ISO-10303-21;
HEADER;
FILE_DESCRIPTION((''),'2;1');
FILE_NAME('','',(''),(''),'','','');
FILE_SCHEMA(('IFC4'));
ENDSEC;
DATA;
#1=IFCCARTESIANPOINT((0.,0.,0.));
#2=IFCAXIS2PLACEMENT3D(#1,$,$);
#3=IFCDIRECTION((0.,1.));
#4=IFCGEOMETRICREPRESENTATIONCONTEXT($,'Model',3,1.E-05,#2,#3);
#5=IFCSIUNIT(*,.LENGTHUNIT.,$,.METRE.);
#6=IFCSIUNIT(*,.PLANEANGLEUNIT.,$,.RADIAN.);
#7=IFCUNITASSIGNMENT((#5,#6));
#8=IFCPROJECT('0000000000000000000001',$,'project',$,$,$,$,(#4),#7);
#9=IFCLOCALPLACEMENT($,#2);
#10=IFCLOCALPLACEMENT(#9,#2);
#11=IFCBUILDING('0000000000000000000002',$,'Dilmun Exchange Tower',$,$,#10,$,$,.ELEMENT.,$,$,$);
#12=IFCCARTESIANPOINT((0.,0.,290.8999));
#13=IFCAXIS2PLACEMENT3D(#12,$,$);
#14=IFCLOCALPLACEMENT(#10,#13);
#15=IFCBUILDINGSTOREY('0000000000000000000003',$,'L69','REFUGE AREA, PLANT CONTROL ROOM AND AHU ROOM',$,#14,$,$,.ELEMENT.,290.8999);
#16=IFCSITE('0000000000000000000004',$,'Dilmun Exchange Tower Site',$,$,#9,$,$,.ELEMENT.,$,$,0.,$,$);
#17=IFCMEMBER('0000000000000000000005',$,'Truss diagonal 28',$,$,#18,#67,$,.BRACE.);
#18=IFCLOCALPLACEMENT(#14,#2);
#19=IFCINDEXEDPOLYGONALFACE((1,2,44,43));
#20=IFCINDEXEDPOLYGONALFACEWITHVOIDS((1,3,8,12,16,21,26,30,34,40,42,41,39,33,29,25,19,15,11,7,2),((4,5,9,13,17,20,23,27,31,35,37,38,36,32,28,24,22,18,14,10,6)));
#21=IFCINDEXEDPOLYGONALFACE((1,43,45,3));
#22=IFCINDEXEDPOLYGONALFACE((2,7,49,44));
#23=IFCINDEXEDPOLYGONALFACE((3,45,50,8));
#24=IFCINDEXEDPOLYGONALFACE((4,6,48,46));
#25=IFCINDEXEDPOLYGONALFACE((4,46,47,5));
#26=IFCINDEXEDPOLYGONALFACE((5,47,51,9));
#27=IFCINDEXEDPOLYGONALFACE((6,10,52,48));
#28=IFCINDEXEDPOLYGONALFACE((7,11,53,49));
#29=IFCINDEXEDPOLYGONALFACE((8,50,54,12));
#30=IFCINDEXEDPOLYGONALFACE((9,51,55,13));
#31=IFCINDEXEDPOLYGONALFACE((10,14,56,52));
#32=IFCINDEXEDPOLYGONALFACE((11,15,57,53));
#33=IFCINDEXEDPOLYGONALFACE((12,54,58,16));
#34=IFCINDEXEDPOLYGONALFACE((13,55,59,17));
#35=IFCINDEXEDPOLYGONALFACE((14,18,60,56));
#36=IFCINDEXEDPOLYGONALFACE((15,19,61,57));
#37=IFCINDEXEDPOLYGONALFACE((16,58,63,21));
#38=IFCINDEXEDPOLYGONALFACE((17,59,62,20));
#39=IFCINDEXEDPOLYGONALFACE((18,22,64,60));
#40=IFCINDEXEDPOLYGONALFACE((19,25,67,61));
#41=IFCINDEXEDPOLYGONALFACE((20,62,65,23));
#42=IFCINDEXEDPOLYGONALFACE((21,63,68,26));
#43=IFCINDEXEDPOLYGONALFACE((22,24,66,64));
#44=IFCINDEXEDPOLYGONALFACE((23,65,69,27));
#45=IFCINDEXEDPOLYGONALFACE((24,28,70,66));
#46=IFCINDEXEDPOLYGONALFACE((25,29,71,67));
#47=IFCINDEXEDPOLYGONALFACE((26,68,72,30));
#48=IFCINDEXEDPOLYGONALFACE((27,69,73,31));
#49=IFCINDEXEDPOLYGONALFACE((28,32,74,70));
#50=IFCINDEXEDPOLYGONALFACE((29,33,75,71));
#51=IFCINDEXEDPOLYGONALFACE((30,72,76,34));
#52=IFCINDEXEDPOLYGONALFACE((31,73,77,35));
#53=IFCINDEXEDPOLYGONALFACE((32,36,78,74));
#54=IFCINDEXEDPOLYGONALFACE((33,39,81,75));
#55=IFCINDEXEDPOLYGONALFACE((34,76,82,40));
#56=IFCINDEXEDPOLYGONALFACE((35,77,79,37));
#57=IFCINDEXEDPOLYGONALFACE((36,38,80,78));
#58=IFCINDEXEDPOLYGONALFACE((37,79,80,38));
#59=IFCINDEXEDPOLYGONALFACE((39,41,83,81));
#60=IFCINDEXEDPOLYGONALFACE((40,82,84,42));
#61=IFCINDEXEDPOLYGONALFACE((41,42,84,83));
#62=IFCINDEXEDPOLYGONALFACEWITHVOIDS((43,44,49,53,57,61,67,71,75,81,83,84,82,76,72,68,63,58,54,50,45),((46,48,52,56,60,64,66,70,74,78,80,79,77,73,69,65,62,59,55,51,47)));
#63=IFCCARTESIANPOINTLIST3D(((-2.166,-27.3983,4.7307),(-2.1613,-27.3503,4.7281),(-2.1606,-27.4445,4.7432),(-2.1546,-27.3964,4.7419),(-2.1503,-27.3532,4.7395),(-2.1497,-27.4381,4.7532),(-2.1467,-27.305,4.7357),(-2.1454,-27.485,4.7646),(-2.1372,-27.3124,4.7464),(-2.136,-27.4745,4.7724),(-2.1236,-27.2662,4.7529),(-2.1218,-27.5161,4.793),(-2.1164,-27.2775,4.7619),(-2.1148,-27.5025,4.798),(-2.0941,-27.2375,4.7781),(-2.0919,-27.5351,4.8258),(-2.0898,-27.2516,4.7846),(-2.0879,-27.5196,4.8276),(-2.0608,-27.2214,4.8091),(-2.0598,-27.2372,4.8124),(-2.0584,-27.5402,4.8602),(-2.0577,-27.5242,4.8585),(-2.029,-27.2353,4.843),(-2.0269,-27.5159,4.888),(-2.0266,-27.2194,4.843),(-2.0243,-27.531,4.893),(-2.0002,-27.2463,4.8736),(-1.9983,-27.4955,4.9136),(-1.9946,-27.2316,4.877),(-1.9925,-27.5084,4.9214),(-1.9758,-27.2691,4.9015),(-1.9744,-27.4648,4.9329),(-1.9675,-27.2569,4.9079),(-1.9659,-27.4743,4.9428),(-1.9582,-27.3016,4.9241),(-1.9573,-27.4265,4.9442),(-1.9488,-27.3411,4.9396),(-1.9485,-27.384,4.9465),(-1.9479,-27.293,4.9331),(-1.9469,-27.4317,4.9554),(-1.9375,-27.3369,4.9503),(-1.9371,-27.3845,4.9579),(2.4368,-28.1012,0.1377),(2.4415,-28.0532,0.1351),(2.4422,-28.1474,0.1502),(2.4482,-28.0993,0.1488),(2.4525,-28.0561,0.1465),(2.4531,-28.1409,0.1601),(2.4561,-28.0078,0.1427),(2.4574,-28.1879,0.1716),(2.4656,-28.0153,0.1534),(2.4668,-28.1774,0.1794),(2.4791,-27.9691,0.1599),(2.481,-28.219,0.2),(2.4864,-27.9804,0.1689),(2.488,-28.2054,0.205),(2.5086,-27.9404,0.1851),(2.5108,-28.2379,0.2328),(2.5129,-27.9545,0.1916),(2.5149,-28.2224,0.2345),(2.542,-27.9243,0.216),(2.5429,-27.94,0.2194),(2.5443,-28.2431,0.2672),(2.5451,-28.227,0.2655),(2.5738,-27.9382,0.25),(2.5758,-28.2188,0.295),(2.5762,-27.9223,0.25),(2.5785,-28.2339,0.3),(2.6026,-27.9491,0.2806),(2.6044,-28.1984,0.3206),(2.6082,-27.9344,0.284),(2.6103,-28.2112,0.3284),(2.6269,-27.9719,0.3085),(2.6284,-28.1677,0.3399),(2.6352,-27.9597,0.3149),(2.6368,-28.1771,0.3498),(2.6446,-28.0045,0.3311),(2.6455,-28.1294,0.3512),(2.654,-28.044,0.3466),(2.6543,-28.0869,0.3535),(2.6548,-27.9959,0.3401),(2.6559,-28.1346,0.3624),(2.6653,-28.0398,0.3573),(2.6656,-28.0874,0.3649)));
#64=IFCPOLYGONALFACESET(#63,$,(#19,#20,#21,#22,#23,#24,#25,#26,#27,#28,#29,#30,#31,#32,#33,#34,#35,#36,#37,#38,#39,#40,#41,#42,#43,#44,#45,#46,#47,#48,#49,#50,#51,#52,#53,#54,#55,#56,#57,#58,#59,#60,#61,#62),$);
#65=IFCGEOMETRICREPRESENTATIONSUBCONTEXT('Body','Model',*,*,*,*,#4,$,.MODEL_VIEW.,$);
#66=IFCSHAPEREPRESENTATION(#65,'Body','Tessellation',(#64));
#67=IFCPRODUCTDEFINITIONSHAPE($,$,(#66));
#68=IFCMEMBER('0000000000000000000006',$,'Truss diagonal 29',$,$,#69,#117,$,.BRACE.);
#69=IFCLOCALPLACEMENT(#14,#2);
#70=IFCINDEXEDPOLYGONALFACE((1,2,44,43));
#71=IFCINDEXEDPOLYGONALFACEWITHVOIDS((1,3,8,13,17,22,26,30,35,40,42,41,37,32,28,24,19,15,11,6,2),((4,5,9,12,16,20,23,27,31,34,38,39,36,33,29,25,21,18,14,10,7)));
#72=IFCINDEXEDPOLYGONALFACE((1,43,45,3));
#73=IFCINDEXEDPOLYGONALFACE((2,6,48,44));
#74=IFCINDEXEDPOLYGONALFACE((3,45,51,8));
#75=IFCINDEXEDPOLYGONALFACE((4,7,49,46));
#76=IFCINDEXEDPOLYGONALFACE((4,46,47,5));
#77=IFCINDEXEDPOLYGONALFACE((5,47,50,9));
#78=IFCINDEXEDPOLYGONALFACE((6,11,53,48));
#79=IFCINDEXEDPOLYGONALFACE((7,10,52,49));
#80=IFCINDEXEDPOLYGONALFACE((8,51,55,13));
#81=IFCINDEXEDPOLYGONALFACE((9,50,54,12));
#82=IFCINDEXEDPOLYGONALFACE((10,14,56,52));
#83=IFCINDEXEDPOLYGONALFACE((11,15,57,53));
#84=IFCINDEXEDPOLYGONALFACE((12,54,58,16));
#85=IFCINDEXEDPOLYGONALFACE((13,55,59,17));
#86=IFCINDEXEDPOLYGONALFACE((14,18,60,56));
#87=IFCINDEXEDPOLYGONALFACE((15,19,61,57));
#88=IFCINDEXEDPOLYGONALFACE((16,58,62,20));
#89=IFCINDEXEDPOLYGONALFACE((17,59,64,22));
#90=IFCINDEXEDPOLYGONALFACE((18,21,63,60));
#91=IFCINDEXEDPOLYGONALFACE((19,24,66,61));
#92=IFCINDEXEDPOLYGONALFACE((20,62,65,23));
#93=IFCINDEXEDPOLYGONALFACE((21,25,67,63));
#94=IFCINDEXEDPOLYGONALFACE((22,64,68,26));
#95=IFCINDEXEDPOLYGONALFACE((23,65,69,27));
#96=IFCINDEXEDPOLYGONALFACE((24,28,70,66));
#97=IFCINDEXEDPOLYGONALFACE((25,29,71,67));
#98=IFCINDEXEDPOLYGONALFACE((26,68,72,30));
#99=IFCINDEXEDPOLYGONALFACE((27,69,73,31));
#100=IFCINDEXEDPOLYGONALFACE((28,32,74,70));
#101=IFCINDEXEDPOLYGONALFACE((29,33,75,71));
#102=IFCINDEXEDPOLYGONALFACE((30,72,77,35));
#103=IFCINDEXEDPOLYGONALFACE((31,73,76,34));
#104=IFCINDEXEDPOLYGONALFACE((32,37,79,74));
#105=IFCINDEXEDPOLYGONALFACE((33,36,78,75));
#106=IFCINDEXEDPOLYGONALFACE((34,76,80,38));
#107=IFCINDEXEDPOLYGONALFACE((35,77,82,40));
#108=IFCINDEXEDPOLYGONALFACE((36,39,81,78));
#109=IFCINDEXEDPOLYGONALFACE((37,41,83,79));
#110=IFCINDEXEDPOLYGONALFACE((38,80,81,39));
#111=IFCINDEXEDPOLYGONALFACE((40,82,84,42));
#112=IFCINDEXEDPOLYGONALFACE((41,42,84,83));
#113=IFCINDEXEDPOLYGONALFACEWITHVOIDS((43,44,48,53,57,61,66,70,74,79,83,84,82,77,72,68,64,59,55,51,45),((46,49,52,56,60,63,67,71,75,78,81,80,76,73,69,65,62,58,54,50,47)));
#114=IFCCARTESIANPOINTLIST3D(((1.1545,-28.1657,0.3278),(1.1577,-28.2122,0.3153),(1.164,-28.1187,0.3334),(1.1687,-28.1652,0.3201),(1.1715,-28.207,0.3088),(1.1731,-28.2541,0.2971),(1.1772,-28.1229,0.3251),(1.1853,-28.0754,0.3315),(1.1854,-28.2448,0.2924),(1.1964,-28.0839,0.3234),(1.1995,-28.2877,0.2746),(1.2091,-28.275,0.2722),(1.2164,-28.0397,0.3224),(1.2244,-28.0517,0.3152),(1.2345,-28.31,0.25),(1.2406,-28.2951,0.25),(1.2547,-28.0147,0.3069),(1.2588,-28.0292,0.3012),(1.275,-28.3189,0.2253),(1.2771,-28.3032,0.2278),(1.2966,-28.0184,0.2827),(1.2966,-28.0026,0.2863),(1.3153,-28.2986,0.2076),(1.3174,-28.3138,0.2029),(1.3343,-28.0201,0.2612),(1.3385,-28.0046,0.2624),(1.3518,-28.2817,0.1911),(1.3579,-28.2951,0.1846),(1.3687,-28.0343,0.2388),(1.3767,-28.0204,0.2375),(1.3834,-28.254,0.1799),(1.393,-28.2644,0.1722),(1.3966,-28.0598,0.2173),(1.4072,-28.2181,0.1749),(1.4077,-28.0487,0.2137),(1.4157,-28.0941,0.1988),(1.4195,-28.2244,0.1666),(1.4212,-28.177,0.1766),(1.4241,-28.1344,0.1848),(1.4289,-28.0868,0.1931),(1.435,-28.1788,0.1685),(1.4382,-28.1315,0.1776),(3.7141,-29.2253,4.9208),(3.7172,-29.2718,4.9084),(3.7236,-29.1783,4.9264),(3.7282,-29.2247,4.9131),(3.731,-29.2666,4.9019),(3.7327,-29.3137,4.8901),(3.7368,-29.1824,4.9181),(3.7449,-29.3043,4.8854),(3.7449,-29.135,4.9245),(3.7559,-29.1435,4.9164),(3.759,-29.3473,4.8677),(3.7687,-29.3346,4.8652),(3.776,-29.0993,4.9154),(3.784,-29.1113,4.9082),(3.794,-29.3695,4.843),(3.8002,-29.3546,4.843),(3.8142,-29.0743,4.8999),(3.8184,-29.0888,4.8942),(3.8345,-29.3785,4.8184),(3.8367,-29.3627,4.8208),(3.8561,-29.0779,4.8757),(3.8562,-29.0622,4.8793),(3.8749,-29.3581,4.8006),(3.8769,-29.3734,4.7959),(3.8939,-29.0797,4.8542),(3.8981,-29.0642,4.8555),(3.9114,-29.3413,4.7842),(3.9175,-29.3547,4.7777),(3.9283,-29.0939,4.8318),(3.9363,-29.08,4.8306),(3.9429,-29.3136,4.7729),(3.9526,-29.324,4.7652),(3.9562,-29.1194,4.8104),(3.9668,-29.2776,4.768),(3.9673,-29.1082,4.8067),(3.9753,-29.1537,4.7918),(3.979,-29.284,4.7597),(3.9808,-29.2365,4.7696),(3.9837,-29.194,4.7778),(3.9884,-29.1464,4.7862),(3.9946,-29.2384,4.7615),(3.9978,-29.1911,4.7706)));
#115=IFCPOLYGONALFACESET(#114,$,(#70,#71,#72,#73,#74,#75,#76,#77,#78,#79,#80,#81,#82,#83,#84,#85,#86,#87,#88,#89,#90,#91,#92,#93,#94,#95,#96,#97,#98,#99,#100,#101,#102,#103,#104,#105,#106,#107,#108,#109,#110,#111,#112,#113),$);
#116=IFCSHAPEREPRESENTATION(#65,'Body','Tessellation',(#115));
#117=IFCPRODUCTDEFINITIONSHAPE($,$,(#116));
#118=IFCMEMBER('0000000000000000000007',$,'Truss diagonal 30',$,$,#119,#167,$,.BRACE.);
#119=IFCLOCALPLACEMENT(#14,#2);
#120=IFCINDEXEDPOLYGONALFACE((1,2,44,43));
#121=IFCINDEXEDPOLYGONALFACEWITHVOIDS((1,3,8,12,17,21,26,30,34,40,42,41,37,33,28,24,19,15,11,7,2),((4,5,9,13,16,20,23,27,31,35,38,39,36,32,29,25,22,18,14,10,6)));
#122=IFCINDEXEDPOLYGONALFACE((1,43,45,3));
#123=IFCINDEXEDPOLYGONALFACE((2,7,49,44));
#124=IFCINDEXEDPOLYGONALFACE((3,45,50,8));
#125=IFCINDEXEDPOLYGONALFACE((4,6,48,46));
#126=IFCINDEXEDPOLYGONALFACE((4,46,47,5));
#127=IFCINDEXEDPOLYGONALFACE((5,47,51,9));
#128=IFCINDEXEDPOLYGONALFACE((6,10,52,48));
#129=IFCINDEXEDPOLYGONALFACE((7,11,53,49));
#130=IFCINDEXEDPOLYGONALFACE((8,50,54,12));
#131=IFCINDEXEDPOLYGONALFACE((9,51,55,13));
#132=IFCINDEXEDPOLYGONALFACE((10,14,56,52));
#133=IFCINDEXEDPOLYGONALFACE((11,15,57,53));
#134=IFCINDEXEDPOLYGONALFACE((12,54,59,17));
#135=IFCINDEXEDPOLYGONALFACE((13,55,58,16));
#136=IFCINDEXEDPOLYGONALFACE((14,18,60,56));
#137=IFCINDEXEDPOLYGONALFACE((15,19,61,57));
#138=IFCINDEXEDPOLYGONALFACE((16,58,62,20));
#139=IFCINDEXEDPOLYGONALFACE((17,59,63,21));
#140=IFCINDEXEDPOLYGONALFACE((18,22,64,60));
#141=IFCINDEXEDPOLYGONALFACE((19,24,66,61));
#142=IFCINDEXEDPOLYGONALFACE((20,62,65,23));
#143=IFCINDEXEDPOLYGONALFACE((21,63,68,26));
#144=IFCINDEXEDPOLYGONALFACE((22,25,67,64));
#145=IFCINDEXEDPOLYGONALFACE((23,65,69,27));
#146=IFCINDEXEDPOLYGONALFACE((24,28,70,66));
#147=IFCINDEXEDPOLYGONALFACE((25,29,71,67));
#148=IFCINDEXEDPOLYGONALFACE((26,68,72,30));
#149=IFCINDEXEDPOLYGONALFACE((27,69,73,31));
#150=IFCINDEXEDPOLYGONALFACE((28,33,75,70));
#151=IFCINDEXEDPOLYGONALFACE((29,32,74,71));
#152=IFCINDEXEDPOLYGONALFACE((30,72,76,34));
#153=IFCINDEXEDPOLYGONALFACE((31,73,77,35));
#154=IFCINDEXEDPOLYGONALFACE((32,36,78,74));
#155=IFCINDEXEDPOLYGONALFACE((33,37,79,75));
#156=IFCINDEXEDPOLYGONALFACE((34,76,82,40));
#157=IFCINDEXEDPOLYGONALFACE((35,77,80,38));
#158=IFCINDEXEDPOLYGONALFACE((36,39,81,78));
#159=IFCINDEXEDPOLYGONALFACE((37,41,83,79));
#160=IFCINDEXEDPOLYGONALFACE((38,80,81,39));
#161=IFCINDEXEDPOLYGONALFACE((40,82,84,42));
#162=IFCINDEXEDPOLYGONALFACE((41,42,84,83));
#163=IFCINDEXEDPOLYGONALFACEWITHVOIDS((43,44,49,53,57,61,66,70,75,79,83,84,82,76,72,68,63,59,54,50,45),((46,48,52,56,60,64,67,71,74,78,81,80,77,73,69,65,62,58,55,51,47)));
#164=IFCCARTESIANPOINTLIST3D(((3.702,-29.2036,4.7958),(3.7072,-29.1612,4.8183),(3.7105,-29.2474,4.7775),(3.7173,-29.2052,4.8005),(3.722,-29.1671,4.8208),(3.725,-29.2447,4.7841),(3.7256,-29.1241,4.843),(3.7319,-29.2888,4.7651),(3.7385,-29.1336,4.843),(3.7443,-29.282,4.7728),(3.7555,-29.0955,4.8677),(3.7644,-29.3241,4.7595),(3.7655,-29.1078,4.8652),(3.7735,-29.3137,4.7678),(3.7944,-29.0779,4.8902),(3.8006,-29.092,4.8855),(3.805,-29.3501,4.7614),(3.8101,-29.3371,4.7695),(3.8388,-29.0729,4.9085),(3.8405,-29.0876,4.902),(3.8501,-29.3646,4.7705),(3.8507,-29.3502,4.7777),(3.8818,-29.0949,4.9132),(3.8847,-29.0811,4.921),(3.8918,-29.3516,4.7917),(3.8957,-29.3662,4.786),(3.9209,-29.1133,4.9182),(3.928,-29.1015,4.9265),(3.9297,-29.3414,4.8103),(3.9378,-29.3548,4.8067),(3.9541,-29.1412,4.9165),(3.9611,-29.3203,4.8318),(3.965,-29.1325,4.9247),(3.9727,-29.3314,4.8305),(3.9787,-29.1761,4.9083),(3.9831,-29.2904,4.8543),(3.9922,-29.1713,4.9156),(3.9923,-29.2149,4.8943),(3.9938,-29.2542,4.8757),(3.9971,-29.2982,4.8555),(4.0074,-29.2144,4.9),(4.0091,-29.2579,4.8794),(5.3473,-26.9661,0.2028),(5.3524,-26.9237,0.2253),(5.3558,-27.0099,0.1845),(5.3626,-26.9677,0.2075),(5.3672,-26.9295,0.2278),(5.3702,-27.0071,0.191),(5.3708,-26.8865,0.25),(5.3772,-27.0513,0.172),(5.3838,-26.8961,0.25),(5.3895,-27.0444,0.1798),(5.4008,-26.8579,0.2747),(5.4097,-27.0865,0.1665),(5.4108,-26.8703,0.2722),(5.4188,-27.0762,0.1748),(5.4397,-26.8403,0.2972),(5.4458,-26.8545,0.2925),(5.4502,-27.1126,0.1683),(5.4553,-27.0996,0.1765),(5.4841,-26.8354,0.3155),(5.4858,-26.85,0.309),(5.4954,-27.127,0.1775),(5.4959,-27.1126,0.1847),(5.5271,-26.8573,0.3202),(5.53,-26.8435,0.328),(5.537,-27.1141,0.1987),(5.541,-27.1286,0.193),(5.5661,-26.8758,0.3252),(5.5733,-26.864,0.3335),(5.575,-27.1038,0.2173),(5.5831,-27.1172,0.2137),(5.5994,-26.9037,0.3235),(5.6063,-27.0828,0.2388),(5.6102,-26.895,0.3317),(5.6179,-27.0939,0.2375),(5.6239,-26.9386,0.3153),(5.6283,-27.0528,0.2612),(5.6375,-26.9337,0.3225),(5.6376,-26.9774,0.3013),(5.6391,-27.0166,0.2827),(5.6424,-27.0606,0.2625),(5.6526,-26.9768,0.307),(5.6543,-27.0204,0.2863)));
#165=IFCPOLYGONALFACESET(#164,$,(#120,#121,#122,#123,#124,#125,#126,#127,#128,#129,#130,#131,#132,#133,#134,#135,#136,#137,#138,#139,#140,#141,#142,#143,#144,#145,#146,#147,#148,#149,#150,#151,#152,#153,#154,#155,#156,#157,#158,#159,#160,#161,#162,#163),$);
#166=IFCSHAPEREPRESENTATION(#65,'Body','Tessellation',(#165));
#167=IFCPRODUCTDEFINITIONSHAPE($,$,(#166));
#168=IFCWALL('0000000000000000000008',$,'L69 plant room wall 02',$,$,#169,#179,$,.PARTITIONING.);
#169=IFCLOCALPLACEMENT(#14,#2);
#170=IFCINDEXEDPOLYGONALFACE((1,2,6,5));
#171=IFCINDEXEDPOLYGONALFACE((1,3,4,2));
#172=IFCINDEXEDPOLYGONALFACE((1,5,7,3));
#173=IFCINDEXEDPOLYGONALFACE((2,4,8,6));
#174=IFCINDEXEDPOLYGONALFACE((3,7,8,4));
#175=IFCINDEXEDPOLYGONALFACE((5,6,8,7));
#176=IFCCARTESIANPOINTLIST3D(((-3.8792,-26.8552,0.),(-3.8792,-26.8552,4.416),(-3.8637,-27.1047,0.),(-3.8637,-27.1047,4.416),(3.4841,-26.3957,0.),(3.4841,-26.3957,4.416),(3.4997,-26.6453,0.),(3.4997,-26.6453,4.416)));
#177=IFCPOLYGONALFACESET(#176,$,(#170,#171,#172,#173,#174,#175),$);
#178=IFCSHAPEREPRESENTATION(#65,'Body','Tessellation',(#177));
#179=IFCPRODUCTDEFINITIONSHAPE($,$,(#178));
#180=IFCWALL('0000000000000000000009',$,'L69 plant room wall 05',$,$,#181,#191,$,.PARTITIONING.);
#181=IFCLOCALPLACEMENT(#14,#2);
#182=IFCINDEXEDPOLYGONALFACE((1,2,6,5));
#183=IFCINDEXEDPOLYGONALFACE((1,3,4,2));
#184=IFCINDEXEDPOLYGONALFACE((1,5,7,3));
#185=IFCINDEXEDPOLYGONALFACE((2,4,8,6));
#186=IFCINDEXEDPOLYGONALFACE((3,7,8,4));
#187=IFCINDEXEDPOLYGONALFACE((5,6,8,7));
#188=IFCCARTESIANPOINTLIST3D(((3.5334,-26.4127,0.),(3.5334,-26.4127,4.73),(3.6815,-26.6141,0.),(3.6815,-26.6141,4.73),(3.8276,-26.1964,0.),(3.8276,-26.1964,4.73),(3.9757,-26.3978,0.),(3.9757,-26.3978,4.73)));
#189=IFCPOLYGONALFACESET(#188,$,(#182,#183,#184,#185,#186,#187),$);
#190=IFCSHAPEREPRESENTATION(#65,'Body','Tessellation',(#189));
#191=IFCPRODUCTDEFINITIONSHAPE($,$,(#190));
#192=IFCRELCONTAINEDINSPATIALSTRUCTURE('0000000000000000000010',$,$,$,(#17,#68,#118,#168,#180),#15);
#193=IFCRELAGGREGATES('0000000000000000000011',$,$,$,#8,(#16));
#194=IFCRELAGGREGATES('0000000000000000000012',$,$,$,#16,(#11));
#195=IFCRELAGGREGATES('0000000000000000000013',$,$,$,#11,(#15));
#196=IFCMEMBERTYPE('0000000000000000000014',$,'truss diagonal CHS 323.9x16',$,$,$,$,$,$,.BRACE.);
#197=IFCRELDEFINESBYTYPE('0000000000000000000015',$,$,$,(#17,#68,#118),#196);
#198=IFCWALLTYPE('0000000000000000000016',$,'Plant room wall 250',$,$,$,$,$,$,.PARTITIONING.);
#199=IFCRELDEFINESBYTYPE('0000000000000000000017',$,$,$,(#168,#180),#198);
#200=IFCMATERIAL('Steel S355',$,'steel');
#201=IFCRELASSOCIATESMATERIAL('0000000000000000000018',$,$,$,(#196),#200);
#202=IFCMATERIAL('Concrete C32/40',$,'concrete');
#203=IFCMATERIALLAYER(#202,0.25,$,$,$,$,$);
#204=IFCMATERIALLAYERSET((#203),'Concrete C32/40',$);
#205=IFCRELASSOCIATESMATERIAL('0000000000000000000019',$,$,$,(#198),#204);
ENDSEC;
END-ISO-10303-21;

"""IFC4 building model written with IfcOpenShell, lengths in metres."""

from ifc_helpers import new_model, si_unit, direction, frame, frame_2d, origin, origin_2d, place, context, subcontext, project, spatial, rectangle, hollow_circle, extrude, material, layer, layer_set, material_profile, profile_set, type_object, element, save


model = new_model("IFC4")

# Units and contexts
model_context = context("Model", 3, precision=1e-05, world=origin(), true_north=direction((0.0, 1.0)))
body_context = subcontext(model_context, "Body", "Model", "MODEL_VIEW")
ifc_project = project(units=[si_unit("LENGTHUNIT", "METRE"), si_unit("PLANEANGLEUNIT", "RADIAN")], contexts=[model_context])

# Site, building, storey
site_placement = place(None, origin())
site = spatial("IfcSite", under=ifc_project, at=site_placement, Name="Dilmun Exchange Tower Site", CompositionType="ELEMENT", RefElevation=0.0)
building_placement = place(site_placement, origin())
building = spatial("IfcBuilding", under=site, at=building_placement, Name="Dilmun Exchange Tower", CompositionType="ELEMENT")
storey_placement = place(building_placement, frame((0.0, 0.0, 290.8999)))
storey = spatial("IfcBuildingStorey", under=building, at=storey_placement, Name="L69", Description="REFUGE AREA, PLANT CONTROL ROOM AND AHU ROOM", CompositionType="ELEMENT", Elevation=290.8999)

# Shared definitions
ifc_material_1 = material(Name="Steel S355", Category="steel")

# Members
ifc_material_profile_1 = material_profile(ifc_material_1, hollow_circle(Radius=0.1619, WallThickness=0.0161, at=origin_2d()), Name="CHS 323.9x16")
ifc_profile_set_1 = profile_set([ifc_material_profile_1], Name="Steel S355")
member_type = type_object("IfcMemberType", Name="truss diagonal CHS 323.9x16", PredefinedType="BRACE", material=ifc_profile_set_1)
member_1_placement = place(storey_placement, frame((-2.051, -27.3794, 4.843), z_axis=(0.703758, -0.107469, -0.702265), x_axis=(0.150958, 0.98854, 0.0)))
element("IfcMember", 1, at=member_1_placement, inside=storey, type_object=member_type, Name="Truss diagonal 28", PredefinedType="BRACE", context=body_context, shape_type="SweptSolid", body=[
    extrude(hollow_circle(Radius=0.1619, WallThickness=0.0161, at=origin_2d()), origin(), (0.0, 0.0, 1.0), 6.5403),
])
member_2_placement = place(storey_placement, frame((3.856, -29.22, 4.843), z_axis=(-0.477197, 0.197543, -0.856306), x_axis=(-0.382487, -0.923961, 0.0)))
element("IfcMember", 2, at=member_2_placement, inside=storey, type_object=member_type, Name="Truss diagonal 29", PredefinedType="BRACE", context=body_context, shape_type="SweptSolid", body=[
    extrude(hollow_circle(Radius=0.1619, WallThickness=0.0161, at=origin_2d()), origin(), (0.0, 0.0, 1.0), 5.3638),
])
member_3_placement = place(storey_placement, frame((3.856, -29.22, 4.843), z_axis=(0.306527, 0.416875, -0.85572), x_axis=(-0.80565, 0.592392, 0.0)))
element("IfcMember", 3, at=member_3_placement, inside=storey, type_object=member_type, Name="Truss diagonal 30", PredefinedType="BRACE", context=body_context, shape_type="SweptSolid", body=[
    extrude(hollow_circle(Radius=0.1619, WallThickness=0.0161, at=origin_2d()), origin(), (0.0, 0.0, 1.0), 5.3674),
])

# Walls
ifc_material_2 = material(Name="Concrete C32/40", Category="concrete")
ifc_layer_1 = layer(ifc_material_2, 0.25)
ifc_layer_set_1 = layer_set([ifc_layer_1], Name="Concrete C32/40")
wall_type_1 = type_object("IfcWallType", Name="Plant room wall 250", PredefinedType="PARTITIONING", material=ifc_layer_set_1)
wall_1_placement = place(storey_placement, frame((-3.8716, -26.98, 0.0), z_axis=(0.0, 0.0, 1.0), x_axis=(0.998059, 0.062279, 0.0)))
element("IfcWall", 4, at=wall_1_placement, inside=storey, type_object=wall_type_1, Name="L69 plant room wall 02", PredefinedType="PARTITIONING", context=body_context, shape_type="SweptSolid", body=[
    extrude(rectangle(XDim=7.3777, YDim=0.25, at=frame_2d((3.689, 0.0))), origin(), (0.0, 0.0, 1.0), 4.416),
])
wall_2_placement = place(storey_placement, frame((3.6074, -26.5134, 0.0), z_axis=(0.0, 0.0, 1.0), x_axis=(0.80566, 0.592378, 0.0)))
element("IfcWall", 5, at=wall_2_placement, inside=storey, type_object=wall_type_1, Name="L69 plant room wall 05", PredefinedType="PARTITIONING", context=body_context, shape_type="SweptSolid", body=[
    extrude(rectangle(XDim=0.3652, YDim=0.25, at=frame_2d((0.1826, 0.0))), origin(), (0.0, 0.0, 1.0), 4.73),
])

save(model, "model.ifc")
